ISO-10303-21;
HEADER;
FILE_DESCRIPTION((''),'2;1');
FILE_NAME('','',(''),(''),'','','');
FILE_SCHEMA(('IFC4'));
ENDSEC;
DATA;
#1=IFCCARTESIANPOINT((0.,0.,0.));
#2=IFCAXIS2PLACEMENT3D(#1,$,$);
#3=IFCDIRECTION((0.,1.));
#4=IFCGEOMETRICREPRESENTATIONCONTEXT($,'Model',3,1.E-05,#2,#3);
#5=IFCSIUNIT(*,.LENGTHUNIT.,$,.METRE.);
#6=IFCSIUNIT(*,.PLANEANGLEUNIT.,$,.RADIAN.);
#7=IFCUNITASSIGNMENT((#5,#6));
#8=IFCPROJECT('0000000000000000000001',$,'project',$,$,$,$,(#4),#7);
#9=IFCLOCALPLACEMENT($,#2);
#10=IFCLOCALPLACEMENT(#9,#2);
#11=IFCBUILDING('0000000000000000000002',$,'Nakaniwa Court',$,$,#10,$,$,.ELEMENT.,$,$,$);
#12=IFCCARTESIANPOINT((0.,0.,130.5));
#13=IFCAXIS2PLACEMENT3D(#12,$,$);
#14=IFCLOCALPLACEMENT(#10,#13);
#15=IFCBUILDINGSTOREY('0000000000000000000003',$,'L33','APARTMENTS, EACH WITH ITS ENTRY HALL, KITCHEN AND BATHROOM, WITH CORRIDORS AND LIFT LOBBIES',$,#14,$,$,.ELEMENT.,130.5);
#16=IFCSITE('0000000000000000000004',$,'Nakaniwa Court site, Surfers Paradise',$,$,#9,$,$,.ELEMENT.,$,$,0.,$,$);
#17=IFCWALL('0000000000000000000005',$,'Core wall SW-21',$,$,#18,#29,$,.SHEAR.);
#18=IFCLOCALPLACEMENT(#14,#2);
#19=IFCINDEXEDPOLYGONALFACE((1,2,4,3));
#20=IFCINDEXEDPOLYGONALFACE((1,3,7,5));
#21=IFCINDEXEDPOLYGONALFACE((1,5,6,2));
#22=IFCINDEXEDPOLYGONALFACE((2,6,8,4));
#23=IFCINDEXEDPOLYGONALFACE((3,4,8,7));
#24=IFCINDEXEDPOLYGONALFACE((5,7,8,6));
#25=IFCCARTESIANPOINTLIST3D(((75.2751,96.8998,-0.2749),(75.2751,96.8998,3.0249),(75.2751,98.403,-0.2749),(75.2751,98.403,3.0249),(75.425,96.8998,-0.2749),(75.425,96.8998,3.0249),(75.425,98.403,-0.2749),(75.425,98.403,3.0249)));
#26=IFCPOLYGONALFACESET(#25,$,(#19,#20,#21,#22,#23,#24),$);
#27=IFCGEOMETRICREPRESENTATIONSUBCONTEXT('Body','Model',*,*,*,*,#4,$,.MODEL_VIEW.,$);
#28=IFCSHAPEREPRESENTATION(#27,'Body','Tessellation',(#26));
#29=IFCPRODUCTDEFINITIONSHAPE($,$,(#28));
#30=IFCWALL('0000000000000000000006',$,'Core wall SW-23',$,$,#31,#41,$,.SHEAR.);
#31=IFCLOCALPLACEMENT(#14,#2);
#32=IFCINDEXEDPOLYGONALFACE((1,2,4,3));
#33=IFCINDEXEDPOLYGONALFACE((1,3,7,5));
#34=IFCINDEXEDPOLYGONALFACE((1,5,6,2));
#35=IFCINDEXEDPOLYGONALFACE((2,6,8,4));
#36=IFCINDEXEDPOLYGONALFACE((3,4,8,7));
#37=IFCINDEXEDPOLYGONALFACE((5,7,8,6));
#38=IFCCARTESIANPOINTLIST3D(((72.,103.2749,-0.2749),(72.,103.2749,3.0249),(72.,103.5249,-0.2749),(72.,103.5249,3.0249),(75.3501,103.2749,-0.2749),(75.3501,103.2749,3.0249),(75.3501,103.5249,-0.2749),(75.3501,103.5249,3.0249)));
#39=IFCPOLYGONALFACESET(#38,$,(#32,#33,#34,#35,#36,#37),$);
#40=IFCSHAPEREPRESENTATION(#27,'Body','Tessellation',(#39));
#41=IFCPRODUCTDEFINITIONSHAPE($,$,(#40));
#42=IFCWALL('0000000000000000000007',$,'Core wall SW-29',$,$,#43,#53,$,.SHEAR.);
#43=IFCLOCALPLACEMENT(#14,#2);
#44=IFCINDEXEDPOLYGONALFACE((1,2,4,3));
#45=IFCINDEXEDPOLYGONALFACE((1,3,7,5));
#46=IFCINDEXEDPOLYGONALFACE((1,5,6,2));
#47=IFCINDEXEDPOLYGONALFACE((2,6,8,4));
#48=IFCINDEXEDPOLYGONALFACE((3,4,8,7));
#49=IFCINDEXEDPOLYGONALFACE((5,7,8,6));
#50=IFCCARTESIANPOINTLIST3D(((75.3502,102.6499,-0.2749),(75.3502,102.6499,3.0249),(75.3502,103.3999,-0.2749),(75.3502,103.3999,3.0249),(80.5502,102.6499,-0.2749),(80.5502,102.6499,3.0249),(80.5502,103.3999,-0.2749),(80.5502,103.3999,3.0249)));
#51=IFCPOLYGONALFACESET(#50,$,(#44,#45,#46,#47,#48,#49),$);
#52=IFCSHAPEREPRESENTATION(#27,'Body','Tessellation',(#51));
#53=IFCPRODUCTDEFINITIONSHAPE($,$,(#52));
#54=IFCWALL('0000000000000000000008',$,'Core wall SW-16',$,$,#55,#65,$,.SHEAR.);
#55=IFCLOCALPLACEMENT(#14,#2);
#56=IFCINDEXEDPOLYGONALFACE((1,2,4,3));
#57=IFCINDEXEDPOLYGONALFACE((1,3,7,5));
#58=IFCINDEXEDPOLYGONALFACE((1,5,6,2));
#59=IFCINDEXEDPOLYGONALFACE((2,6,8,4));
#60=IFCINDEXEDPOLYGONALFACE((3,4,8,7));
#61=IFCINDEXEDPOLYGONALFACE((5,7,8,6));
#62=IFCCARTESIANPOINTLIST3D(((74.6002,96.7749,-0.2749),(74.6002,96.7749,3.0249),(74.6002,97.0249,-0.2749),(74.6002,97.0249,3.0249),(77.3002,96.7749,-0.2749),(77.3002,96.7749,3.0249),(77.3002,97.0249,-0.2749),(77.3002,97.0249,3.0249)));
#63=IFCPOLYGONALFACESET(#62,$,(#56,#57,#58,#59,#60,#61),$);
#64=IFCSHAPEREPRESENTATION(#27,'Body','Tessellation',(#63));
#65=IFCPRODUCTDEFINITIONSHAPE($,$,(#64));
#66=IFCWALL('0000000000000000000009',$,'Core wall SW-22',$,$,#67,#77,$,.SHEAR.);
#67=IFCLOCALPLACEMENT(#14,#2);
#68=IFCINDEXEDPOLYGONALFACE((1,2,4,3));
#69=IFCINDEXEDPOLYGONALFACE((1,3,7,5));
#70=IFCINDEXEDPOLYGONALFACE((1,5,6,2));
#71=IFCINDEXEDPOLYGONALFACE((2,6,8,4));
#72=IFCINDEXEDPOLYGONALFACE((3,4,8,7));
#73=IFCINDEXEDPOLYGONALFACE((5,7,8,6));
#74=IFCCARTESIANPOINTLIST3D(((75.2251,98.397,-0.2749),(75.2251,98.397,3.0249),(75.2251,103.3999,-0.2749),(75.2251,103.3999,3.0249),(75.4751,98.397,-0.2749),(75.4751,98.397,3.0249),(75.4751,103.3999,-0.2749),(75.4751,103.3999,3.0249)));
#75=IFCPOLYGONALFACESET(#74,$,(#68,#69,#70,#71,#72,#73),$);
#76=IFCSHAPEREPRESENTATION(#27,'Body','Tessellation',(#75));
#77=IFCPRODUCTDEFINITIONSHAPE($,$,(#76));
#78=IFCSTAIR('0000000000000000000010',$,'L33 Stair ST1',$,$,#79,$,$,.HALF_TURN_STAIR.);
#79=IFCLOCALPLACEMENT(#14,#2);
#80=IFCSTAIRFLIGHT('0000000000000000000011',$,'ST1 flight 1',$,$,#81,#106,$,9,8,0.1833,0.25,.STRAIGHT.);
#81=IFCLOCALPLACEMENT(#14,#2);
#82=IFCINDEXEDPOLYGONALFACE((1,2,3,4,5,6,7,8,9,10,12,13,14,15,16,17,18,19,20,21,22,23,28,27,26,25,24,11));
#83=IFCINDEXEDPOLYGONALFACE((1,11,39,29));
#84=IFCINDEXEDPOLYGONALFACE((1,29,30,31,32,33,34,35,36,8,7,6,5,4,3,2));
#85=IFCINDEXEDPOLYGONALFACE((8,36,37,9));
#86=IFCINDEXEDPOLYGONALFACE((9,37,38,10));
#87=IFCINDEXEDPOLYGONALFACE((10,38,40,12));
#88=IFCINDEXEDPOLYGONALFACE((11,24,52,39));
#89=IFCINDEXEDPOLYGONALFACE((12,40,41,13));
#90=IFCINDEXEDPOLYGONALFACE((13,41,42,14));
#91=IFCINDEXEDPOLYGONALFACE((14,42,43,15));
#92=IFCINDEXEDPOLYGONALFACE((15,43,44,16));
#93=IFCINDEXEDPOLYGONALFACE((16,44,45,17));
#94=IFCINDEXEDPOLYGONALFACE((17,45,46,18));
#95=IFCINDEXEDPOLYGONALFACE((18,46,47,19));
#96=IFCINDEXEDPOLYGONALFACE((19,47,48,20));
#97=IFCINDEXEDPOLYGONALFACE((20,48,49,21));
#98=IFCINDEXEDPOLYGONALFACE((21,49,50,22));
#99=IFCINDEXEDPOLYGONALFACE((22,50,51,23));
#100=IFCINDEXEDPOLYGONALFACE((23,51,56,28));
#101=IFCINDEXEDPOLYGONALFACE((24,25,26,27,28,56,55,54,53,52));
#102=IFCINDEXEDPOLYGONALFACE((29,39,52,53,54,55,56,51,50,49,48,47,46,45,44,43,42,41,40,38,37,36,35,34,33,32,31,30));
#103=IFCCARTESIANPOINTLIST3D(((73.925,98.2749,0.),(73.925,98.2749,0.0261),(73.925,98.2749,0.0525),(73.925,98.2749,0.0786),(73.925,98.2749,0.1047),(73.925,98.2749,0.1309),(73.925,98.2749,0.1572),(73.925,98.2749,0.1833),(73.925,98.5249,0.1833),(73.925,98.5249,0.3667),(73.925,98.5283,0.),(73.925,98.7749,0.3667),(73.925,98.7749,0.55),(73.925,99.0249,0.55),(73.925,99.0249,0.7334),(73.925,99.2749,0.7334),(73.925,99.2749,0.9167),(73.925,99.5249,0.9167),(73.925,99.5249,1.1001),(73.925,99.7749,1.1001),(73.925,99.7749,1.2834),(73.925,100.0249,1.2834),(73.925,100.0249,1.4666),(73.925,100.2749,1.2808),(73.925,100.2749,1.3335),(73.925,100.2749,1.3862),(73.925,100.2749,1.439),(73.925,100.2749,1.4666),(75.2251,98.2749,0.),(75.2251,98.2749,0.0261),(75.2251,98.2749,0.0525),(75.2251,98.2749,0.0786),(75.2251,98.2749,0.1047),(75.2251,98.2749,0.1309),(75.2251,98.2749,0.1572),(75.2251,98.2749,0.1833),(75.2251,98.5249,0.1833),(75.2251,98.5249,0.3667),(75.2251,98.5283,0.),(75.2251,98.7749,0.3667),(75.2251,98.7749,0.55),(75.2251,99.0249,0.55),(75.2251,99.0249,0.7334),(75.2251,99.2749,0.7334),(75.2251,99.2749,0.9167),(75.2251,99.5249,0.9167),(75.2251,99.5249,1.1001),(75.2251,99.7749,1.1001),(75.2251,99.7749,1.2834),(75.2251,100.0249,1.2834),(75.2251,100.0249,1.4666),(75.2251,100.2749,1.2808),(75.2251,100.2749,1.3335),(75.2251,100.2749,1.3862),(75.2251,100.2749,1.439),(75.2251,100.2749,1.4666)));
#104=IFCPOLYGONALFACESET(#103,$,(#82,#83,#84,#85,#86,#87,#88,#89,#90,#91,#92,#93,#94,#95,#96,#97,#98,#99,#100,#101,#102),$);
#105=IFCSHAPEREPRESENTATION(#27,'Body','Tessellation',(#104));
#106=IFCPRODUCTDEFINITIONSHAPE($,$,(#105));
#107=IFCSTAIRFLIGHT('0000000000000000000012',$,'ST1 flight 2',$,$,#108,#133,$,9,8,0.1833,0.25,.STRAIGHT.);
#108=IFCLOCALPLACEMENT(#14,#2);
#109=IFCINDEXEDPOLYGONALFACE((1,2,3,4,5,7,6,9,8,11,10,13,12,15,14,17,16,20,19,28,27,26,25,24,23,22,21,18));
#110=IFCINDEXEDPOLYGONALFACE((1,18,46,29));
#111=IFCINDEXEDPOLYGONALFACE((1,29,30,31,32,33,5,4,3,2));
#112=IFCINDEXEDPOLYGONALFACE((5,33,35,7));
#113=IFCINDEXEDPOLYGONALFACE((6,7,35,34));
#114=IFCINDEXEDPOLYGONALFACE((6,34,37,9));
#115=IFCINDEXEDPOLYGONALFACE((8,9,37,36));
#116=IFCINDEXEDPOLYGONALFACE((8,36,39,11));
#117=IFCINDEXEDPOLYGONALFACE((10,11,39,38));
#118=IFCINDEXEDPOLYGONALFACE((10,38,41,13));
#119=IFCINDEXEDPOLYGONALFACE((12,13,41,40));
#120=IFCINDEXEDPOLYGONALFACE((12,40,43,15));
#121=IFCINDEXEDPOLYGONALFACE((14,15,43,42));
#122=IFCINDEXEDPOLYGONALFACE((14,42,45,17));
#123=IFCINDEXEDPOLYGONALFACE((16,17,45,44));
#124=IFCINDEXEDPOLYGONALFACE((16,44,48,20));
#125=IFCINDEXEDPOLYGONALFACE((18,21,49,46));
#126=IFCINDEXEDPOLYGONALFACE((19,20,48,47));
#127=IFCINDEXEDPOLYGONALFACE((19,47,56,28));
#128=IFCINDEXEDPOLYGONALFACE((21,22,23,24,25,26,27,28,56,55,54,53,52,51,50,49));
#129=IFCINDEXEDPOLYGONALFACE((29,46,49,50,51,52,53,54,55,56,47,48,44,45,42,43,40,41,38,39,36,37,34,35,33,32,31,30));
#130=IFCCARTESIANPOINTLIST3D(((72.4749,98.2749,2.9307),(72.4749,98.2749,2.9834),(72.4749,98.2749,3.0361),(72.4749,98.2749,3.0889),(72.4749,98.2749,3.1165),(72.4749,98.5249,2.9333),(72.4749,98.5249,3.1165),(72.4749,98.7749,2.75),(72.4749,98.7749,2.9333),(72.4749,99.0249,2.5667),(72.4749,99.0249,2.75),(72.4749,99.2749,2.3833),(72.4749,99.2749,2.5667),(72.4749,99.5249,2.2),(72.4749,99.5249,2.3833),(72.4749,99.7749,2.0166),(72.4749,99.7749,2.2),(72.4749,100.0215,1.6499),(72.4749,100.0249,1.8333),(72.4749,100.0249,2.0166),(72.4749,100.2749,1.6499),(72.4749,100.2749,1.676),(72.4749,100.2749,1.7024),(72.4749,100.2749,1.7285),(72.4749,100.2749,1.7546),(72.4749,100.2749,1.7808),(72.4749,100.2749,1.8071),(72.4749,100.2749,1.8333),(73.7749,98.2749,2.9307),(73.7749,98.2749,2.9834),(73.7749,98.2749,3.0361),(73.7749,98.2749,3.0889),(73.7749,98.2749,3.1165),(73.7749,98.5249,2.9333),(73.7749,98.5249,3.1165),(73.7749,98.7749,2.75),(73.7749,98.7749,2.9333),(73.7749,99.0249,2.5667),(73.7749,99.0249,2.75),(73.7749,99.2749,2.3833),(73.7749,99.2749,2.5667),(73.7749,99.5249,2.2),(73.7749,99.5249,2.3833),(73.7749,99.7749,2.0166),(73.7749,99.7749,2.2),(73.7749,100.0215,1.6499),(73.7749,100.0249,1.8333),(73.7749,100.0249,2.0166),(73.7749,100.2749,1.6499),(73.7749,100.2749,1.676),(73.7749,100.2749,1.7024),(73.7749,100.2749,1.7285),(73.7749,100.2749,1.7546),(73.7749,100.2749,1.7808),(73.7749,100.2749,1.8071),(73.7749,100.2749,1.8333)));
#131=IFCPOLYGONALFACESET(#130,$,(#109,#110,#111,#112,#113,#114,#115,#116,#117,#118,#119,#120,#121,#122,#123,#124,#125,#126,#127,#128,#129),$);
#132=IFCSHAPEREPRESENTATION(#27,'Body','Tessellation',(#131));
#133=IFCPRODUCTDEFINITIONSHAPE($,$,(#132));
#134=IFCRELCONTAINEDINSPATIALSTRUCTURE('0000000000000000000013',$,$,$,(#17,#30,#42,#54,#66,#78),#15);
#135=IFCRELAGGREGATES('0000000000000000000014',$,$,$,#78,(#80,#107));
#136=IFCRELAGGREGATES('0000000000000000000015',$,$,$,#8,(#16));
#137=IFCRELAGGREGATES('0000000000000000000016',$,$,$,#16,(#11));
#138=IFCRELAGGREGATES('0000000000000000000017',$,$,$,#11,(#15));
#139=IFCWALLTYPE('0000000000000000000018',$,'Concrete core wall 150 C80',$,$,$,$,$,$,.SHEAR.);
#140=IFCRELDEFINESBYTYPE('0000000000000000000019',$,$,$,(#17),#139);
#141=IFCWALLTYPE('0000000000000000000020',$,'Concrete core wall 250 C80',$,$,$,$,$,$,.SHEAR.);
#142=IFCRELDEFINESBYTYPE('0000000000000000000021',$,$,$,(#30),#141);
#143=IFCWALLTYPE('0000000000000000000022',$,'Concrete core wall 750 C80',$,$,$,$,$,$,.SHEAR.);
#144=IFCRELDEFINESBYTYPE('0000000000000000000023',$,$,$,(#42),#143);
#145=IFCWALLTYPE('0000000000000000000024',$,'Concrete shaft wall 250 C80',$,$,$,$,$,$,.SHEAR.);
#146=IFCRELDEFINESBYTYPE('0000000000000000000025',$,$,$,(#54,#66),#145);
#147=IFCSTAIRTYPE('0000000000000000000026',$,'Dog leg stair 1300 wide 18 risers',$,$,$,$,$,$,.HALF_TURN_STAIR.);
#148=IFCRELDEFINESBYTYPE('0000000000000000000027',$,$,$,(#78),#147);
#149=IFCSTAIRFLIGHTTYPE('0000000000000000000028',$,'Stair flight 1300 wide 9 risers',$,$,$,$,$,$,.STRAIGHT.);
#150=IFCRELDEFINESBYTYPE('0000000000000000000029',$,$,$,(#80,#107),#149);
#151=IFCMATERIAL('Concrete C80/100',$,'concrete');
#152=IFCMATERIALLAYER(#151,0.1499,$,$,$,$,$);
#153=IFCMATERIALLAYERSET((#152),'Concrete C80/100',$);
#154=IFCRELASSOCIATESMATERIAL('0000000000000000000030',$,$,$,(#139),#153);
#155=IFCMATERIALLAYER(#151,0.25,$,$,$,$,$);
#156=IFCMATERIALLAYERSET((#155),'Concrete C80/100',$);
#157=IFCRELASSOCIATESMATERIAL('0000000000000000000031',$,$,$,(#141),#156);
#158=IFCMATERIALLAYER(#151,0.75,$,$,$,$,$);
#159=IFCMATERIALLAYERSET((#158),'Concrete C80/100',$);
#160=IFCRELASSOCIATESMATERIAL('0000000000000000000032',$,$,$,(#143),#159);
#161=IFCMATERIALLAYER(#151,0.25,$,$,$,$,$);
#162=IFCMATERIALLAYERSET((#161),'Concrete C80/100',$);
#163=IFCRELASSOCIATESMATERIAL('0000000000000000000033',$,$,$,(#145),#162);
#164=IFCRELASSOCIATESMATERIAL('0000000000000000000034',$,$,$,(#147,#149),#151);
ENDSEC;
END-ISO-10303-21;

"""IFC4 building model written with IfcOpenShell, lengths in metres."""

from ifc_helpers import new_model, si_unit, direction, frame, frame_2d, origin, place, context, subcontext, project, spatial, polyline, rectangle, outline, extrude, material, layer, layer_set, type_object, element, aggregate, save


model = new_model("IFC4")

# Units and contexts
model_context = context("Model", 3, precision=1e-05, world=origin(), true_north=direction((0.0, 1.0)))
body_context = subcontext(model_context, "Body", "Model", "MODEL_VIEW")
ifc_project = project(units=[si_unit("LENGTHUNIT", "METRE"), si_unit("PLANEANGLEUNIT", "RADIAN")], contexts=[model_context])

# Site, building, storey
site_placement = place(None, origin())
site = spatial("IfcSite", under=ifc_project, at=site_placement, Name="Nakaniwa Court site, Surfers Paradise", CompositionType="ELEMENT", RefElevation=0.0)
building_placement = place(site_placement, origin())
building = spatial("IfcBuilding", under=site, at=building_placement, Name="Nakaniwa Court", CompositionType="ELEMENT")
storey_placement = place(building_placement, frame((0.0, 0.0, 130.5)))
storey = spatial("IfcBuildingStorey", under=building, at=storey_placement, Name="L33", Description="APARTMENTS, EACH WITH ITS ENTRY HALL, KITCHEN AND BATHROOM, WITH CORRIDORS AND LIFT LOBBIES", CompositionType="ELEMENT", Elevation=130.5)

# Shared definitions
ifc_material_1 = material(Name="Concrete C80/100", Category="concrete")

# Shared definitions
ifc_layer_1 = layer(ifc_material_1, 0.1499)
ifc_layer_set_1 = layer_set([ifc_layer_1], Name="Concrete C80/100")
wall_type_1 = type_object("IfcWallType", Name="Concrete core wall 150 C80", PredefinedType="SHEAR", material=ifc_layer_set_1)

# Walls
wall_1_placement = place(storey_placement, frame((75.3501, 96.8999, -0.2749), z_axis=(0.0, 0.0, 1.0), x_axis=(0.0, 1.0, 0.0)))
element("IfcWall", 1, at=wall_1_placement, inside=storey, type_object=wall_type_1, Name="Core wall SW-21", PredefinedType="SHEAR", context=body_context, shape_type="SweptSolid", body=[
    extrude(rectangle(XDim=1.5032, YDim=0.1499, at=frame_2d((0.7515, 0.0))), origin(), (0.0, 0.0, 1.0), 3.2998),
])
ifc_layer_2 = layer(ifc_material_1, 0.25)
ifc_layer_set_2 = layer_set([ifc_layer_2], Name="Concrete C80/100")
wall_type_2 = type_object("IfcWallType", Name="Concrete core wall 250 C80", PredefinedType="SHEAR", material=ifc_layer_set_2)
wall_2_placement = place(storey_placement, frame((72.0, 103.3999, -0.2749), z_axis=(0.0, 0.0, 1.0), x_axis=(1.0, 0.0, 0.0)))
element("IfcWall", 2, at=wall_2_placement, inside=storey, type_object=wall_type_2, Name="Core wall SW-23", PredefinedType="SHEAR", context=body_context, shape_type="SweptSolid", body=[
    extrude(rectangle(XDim=3.3501, YDim=0.25, at=frame_2d((1.675, 0.0))), origin(), (0.0, 0.0, 1.0), 3.2998),
])
ifc_layer_3 = layer(ifc_material_1, 0.75)
ifc_layer_set_3 = layer_set([ifc_layer_3], Name="Concrete C80/100")
wall_type_3 = type_object("IfcWallType", Name="Concrete core wall 750 C80", PredefinedType="SHEAR", material=ifc_layer_set_3)
wall_3_placement = place(storey_placement, frame((75.3501, 103.0249, -0.2749), z_axis=(0.0, 0.0, 1.0), x_axis=(1.0, 0.0, 0.0)))
element("IfcWall", 3, at=wall_3_placement, inside=storey, type_object=wall_type_3, Name="Core wall SW-29", PredefinedType="SHEAR", context=body_context, shape_type="SweptSolid", body=[
    extrude(rectangle(XDim=5.2, YDim=0.75, at=frame_2d((2.6001, 0.0))), origin(), (0.0, 0.0, 1.0), 3.2998),
])
ifc_layer_4 = layer(ifc_material_1, 0.25)
ifc_layer_set_4 = layer_set([ifc_layer_4], Name="Concrete C80/100")
wall_type_4 = type_object("IfcWallType", Name="Concrete shaft wall 250 C80", PredefinedType="SHEAR", material=ifc_layer_set_4)
wall_4_placement = place(storey_placement, frame((74.6001, 96.8999, -0.2749), z_axis=(0.0, 0.0, 1.0), x_axis=(1.0, 0.0, 0.0)))
element("IfcWall", 4, at=wall_4_placement, inside=storey, type_object=wall_type_4, Name="Core wall SW-16", PredefinedType="SHEAR", context=body_context, shape_type="SweptSolid", body=[
    extrude(rectangle(XDim=2.7, YDim=0.25, at=frame_2d((1.3501, 0.0))), origin(), (0.0, 0.0, 1.0), 3.2998),
])
wall_5_placement = place(storey_placement, frame((75.3501, 98.397, -0.2749), z_axis=(0.0, 0.0, 1.0), x_axis=(0.0, 1.0, 0.0)))
element("IfcWall", 5, at=wall_5_placement, inside=storey, type_object=wall_type_4, Name="Core wall SW-22", PredefinedType="SHEAR", context=body_context, shape_type="SweptSolid", body=[
    extrude(rectangle(XDim=5.0029, YDim=0.25, at=frame_2d((2.5015, 0.0))), origin(), (0.0, 0.0, 1.0), 3.2998),
])

# Stair, stair flights
stair_type = type_object("IfcStairType", Name="Dog leg stair 1300 wide 18 risers", PredefinedType="HALF_TURN_STAIR", material=ifc_material_1)
stair_placement = place(storey_placement, origin())
stair = element("IfcStair", 6, at=stair_placement, inside=storey, type_object=stair_type, Name="L33 Stair ST1", PredefinedType="HALF_TURN_STAIR")
stair_flight_type = type_object("IfcStairFlightType", Name="Stair flight 1300 wide 9 risers", PredefinedType="STRAIGHT", material=ifc_material_1)
stair_flight_1_placement = place(storey_placement, frame((74.575, 98.2749, 0.0), z_axis=(0.0, 0.0, 1.0), x_axis=(0.0, 1.0, 0.0)))
stair_flight_1 = element("IfcStairFlight", 7, at=stair_flight_1_placement, type_object=stair_flight_type, Name="ST1 flight 1", NumberOfRisers=9, NumberOfTreads=8, PredefinedType="STRAIGHT", RiserHeight=0.1833, TreadLength=0.25, context=body_context, shape_type="SweptSolid", body=[
    extrude(outline(polyline([(0.0, 0.0), (0.0, 0.0261), (0.0, 0.0525), (0.0, 0.0786), (0.0, 0.1047), (0.0, 0.1309), (0.0, 0.1572), (0.0, 0.1833), (0.25, 0.1833), (0.25, 0.3667), (0.5, 0.3667), (0.5, 0.55), (0.75, 0.55), (0.75, 0.7334), (1.0, 0.7334), (1.0, 0.9167), (1.25, 0.9167), (1.25, 1.1001), (1.5, 1.1001), (1.5, 1.2834), (1.75, 1.2834), (1.75, 1.4666), (2.0, 1.4666), (2.0, 1.6499), (2.0, 1.5972), (2.0, 1.5444), (2.0, 1.4917), (2.0, 1.439), (2.0, 1.3862), (2.0, 1.3335), (2.0, 1.2808), (0.2534, 0.0), (0.0, 0.0)])), frame((0.0, 0.6499, 0.0), z_axis=(0.0, -1.0, 0.0), x_axis=(1.0, 0.0, 0.0)), (0.0, 0.0, 1.0), 1.3),
])
stair_flight_2_placement = place(storey_placement, frame((73.125, 100.2749, 1.6499), z_axis=(0.0, 0.0, 1.0), x_axis=(0.0, -1.0, 0.0)))
stair_flight_2 = element("IfcStairFlight", 8, at=stair_flight_2_placement, type_object=stair_flight_type, Name="ST1 flight 2", NumberOfRisers=9, NumberOfTreads=8, PredefinedType="STRAIGHT", RiserHeight=0.1833, TreadLength=0.25, context=body_context, shape_type="SweptSolid", body=[
    extrude(outline(polyline([(0.0, 0.0), (0.0, 0.0261), (0.0, 0.0525), (0.0, 0.0786), (0.0, 0.1047), (0.0, 0.1309), (0.0, 0.1572), (0.0, 0.1833), (0.25, 0.1833), (0.25, 0.3667), (0.5, 0.3667), (0.5, 0.55), (0.75, 0.55), (0.75, 0.7334), (1.0, 0.7334), (1.0, 0.9167), (1.25, 0.9167), (1.25, 1.1001), (1.5, 1.1001), (1.5, 1.2834), (1.75, 1.2834), (1.75, 1.4666), (2.0, 1.4666), (2.0, 1.6499), (2.0, 1.5972), (2.0, 1.5444), (2.0, 1.4917), (2.0, 1.439), (2.0, 1.3862), (2.0, 1.3335), (2.0, 1.2808), (0.2534, 0.0), (0.0, 0.0)])), frame((0.0, 0.6499, 0.0), z_axis=(0.0, -1.0, 0.0), x_axis=(1.0, 0.0, 0.0)), (0.0, 0.0, 1.0), 1.3),
])
aggregate(stair, [stair_flight_1, stair_flight_2])

save(model, "model.ifc")
